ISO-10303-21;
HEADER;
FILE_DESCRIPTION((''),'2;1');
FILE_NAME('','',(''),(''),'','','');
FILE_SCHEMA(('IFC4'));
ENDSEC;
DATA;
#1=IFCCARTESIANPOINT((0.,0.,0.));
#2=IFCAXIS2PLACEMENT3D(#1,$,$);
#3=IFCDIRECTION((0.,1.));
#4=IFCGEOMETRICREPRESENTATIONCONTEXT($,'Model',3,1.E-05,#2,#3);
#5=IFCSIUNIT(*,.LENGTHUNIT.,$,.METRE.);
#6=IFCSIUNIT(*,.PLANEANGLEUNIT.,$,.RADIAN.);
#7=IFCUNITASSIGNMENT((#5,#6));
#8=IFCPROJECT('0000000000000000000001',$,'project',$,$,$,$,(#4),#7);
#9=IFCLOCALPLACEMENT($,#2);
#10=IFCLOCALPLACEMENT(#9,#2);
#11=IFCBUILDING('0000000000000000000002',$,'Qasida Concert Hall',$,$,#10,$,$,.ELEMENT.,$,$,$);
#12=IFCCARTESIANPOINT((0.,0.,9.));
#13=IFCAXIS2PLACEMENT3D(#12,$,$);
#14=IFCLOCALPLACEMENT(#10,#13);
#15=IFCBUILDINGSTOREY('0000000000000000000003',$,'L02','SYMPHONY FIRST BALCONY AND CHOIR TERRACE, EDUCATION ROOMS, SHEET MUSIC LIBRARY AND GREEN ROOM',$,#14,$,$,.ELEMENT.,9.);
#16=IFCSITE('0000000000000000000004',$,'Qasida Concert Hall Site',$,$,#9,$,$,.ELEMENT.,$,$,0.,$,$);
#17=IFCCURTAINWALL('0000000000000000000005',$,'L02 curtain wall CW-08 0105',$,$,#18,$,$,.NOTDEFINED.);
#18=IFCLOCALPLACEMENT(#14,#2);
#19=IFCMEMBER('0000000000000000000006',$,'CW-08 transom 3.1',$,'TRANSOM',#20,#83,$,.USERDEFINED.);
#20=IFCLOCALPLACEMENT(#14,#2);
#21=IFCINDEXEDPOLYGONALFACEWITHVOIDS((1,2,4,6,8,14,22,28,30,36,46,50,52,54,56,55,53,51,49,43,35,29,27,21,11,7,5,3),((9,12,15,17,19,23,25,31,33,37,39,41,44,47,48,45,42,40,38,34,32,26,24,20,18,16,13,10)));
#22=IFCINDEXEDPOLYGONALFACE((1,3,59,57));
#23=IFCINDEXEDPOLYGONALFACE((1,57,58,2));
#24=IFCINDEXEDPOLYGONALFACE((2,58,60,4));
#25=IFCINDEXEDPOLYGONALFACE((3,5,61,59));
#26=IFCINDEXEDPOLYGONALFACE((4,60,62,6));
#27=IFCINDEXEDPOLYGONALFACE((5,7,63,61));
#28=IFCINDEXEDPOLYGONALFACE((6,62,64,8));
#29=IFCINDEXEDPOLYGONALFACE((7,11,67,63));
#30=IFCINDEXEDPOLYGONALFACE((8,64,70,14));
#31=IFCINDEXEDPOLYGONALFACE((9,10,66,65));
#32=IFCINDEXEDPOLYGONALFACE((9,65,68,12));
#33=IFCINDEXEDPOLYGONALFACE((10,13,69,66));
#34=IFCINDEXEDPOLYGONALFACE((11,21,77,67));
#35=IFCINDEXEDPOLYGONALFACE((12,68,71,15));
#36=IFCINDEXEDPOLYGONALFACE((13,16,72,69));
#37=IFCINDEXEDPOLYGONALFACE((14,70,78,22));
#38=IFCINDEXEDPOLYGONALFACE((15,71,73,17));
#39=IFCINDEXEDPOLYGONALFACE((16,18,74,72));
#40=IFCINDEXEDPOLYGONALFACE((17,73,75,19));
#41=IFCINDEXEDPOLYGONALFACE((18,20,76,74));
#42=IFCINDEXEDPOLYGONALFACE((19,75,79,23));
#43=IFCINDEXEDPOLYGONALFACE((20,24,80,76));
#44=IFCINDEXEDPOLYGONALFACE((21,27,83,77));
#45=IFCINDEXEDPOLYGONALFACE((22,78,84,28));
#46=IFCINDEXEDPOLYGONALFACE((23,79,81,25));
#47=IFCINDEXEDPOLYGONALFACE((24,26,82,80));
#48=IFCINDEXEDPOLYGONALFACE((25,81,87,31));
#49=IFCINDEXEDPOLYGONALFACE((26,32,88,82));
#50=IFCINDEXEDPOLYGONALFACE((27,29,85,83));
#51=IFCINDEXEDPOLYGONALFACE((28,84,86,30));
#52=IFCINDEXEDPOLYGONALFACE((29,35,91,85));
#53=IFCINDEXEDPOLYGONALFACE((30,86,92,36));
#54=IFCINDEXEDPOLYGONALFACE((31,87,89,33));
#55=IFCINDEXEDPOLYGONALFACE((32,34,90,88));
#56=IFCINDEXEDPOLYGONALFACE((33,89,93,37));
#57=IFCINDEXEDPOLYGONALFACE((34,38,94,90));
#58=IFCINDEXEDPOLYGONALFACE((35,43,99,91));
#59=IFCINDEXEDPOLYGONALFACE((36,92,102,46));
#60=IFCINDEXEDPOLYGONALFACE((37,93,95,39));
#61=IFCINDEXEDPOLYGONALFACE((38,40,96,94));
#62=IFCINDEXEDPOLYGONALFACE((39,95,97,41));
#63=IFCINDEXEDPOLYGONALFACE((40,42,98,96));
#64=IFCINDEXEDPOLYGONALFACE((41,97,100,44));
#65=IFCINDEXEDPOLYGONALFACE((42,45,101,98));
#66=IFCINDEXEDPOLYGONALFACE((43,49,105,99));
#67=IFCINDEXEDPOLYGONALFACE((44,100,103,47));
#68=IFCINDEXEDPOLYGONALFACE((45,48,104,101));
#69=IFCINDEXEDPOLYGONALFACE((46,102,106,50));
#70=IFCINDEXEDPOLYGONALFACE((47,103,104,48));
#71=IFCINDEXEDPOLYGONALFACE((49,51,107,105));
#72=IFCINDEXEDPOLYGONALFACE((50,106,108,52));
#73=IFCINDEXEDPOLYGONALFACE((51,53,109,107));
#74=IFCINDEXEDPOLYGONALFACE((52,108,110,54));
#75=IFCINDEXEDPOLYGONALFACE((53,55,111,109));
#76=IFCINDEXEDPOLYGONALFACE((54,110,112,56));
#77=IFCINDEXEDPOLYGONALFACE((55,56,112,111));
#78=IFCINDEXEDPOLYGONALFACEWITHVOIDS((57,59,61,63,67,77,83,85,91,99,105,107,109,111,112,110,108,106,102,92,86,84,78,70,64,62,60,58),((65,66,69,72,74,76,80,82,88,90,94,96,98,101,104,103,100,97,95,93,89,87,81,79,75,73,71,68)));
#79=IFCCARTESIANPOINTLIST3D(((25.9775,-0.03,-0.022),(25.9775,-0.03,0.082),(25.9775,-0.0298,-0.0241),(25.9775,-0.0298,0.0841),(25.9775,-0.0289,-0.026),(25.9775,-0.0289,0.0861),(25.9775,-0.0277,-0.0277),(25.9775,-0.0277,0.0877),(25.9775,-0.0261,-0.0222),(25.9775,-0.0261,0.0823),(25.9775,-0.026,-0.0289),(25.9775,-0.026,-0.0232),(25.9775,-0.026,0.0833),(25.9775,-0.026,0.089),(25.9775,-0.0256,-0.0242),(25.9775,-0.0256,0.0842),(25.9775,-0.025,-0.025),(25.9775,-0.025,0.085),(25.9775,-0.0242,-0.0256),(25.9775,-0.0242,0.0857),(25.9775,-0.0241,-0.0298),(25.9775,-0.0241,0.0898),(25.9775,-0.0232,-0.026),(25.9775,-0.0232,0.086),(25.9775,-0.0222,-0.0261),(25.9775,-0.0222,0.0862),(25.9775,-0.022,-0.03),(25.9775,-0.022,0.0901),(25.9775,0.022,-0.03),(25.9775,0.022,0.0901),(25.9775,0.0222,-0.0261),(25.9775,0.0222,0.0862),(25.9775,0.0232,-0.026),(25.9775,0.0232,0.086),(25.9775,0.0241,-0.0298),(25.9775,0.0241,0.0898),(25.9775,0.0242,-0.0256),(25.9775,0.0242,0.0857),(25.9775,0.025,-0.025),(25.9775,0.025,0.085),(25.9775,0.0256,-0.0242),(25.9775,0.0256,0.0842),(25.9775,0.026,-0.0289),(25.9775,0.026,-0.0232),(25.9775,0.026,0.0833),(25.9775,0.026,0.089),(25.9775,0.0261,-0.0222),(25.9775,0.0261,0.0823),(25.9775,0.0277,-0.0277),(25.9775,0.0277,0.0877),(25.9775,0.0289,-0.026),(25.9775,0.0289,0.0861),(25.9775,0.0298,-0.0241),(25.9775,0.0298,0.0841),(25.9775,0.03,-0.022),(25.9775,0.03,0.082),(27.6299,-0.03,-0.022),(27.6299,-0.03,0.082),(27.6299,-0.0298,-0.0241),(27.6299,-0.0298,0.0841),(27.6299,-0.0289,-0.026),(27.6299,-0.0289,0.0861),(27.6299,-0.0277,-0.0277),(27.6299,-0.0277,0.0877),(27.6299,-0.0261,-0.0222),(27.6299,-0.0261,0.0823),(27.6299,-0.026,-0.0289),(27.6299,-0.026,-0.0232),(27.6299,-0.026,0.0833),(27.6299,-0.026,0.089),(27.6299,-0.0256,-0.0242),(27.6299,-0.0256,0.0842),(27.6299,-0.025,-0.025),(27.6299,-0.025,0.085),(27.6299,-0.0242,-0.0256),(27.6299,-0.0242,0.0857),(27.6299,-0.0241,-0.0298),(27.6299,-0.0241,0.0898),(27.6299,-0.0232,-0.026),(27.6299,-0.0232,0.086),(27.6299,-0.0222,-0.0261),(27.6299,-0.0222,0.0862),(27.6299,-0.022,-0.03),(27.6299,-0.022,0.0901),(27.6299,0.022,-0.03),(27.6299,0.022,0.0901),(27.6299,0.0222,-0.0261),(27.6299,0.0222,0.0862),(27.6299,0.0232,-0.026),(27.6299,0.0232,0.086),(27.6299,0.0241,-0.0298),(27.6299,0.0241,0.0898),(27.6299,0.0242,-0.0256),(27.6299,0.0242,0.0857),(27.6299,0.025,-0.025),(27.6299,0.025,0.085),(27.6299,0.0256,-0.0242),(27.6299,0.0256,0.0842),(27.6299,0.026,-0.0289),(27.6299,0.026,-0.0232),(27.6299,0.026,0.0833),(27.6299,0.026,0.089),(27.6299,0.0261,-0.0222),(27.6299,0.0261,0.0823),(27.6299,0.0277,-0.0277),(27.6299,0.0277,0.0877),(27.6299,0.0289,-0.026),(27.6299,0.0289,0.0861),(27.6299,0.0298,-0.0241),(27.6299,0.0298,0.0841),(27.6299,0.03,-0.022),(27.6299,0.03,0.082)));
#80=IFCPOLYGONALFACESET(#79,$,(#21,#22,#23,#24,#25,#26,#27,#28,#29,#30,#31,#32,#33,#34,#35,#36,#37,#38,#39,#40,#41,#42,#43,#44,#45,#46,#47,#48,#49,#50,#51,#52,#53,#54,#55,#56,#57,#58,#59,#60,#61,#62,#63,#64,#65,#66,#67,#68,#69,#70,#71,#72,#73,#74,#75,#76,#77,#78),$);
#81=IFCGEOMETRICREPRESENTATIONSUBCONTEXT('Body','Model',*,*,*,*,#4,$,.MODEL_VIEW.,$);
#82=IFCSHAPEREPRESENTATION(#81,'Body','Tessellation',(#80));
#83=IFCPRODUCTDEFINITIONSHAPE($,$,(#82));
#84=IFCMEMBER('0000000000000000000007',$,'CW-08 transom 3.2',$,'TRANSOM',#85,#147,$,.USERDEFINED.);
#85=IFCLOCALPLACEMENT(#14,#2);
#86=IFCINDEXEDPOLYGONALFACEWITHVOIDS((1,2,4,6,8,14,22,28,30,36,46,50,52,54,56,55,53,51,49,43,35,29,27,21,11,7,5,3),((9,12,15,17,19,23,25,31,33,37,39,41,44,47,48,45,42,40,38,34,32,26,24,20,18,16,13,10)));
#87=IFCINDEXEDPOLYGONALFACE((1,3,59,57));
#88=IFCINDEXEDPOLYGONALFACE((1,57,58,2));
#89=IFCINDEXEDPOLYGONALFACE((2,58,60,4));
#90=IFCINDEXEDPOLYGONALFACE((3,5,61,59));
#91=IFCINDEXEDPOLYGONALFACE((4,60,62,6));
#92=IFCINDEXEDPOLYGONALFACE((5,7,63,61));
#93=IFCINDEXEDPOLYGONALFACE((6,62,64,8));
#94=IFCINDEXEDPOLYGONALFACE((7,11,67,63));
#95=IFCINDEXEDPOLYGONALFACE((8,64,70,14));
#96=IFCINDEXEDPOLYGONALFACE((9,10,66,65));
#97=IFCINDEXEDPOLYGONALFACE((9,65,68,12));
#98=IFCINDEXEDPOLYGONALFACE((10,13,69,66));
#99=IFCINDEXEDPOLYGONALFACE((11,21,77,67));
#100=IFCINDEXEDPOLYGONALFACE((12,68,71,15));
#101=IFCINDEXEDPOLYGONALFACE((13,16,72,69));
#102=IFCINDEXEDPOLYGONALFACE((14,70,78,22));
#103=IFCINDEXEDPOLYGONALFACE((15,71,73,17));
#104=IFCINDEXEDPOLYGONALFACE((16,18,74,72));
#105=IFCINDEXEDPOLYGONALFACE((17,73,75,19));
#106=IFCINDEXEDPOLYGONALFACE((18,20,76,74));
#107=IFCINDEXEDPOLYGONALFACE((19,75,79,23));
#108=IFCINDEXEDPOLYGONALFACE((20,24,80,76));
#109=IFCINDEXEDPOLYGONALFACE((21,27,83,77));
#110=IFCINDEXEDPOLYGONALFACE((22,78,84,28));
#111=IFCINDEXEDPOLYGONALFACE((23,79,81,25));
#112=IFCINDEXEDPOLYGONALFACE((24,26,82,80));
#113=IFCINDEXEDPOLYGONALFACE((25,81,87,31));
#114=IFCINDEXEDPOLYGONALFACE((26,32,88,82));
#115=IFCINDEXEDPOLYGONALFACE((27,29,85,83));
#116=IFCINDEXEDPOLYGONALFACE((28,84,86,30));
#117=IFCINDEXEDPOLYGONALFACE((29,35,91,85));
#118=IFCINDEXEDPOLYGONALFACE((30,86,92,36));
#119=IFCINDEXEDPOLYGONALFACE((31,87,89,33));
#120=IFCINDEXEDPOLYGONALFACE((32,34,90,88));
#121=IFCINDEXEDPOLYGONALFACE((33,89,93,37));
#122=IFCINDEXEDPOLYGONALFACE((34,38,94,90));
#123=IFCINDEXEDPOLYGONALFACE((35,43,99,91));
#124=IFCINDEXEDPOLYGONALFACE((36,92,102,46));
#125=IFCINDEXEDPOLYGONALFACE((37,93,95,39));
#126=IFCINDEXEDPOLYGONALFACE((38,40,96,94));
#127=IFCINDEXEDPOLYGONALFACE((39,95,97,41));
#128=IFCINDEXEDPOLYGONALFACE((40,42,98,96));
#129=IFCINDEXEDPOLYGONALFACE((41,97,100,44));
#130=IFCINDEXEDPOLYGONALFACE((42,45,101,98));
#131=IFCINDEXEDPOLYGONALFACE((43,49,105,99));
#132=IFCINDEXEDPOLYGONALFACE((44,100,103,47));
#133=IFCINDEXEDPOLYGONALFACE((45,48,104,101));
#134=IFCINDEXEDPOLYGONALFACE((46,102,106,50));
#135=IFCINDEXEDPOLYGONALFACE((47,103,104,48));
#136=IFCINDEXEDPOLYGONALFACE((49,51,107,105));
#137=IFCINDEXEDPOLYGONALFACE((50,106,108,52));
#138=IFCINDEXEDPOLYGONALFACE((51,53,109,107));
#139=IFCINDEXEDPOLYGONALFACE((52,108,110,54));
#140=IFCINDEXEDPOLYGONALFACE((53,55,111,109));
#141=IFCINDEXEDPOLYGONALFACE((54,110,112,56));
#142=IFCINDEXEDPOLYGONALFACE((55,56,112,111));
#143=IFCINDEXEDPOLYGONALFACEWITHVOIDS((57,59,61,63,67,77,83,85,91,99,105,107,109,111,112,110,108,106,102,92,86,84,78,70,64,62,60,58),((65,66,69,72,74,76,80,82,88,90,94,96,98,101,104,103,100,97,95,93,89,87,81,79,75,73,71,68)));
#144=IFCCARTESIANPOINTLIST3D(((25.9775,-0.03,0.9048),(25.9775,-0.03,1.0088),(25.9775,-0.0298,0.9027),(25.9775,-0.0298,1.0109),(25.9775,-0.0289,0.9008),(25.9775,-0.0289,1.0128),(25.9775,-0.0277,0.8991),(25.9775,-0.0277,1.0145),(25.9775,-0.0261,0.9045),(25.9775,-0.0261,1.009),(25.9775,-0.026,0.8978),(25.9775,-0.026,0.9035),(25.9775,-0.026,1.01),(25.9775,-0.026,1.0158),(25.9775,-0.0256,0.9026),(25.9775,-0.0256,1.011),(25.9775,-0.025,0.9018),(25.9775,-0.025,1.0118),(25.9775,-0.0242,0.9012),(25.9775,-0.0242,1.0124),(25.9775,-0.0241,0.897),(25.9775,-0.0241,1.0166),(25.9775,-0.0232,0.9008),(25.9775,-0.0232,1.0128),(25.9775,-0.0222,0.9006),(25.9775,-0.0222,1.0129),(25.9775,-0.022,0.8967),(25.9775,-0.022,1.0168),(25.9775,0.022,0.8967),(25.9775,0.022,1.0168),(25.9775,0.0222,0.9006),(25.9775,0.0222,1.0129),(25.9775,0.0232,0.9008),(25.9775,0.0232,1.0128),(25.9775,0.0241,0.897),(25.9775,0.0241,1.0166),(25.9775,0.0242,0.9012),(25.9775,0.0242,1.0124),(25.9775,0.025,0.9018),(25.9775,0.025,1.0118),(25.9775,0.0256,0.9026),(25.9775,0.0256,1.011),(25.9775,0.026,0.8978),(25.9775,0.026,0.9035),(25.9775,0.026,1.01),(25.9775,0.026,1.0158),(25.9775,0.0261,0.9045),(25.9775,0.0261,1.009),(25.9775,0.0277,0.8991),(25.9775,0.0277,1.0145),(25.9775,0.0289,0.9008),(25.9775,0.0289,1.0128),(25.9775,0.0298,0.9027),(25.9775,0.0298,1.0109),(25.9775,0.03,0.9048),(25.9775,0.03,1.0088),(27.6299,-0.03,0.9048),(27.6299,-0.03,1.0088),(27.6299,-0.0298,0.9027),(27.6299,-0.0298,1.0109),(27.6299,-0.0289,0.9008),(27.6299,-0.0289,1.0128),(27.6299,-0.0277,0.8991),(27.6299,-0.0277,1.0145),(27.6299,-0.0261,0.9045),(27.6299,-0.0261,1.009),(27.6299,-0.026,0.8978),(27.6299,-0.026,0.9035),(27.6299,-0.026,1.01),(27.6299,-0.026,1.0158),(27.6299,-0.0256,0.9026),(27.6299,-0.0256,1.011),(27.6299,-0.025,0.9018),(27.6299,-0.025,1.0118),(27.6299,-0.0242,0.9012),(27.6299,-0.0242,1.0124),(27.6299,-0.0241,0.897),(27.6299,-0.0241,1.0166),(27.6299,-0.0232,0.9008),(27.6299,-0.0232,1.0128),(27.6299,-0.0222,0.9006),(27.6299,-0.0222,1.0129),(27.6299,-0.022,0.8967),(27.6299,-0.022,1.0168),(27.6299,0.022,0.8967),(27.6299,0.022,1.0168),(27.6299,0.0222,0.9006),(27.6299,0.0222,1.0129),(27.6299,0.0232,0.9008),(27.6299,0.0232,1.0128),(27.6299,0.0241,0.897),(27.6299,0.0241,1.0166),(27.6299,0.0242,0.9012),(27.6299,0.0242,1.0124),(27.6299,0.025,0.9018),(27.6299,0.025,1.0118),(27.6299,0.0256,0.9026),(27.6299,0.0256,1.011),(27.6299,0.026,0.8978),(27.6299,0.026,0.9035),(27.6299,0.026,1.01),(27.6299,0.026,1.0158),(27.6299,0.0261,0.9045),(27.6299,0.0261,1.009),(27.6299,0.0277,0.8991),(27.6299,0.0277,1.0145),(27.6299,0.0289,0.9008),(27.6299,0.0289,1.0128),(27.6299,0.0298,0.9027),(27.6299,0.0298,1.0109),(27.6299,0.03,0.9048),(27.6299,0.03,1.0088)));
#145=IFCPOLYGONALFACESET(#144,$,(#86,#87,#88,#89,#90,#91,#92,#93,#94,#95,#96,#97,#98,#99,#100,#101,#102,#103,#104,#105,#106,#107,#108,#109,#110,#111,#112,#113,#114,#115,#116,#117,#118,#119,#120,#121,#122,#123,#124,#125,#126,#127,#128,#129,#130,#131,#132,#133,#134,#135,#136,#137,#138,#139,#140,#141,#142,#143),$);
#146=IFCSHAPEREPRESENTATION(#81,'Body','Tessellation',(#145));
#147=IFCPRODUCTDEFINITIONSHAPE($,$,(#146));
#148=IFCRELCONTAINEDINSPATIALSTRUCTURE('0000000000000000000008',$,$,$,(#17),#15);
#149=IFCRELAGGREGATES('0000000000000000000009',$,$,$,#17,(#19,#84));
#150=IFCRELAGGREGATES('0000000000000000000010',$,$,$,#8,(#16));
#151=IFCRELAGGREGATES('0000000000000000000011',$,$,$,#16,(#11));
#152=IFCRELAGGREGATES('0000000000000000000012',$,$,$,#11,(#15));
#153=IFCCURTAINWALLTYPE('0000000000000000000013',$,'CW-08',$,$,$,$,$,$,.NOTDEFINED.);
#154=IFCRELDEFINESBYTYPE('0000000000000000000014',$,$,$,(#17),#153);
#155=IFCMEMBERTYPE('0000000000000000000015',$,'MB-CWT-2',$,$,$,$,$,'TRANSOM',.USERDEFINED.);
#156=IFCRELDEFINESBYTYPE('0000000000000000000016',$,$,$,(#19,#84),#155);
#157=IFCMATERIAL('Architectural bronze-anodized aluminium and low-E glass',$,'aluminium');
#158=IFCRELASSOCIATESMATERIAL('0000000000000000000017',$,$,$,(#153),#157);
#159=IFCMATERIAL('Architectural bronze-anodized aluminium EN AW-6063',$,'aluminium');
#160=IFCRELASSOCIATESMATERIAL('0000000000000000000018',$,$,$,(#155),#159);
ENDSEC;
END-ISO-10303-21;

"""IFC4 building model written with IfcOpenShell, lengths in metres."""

from ifc_helpers import new_model, si_unit, direction, frame, origin, origin_2d, place, context, subcontext, project, spatial, hollow_rectangle, extrude, material, material_profile, profile_set, type_object, element, aggregate, save


model = new_model("IFC4")

# Units and contexts
model_context = context("Model", 3, precision=1e-05, world=origin(), true_north=direction((0.0, 1.0)))
body_context = subcontext(model_context, "Body", "Model", "MODEL_VIEW")
ifc_project = project(units=[si_unit("LENGTHUNIT", "METRE"), si_unit("PLANEANGLEUNIT", "RADIAN")], contexts=[model_context])

# Site, building, storey
site_placement = place(None, origin())
site = spatial("IfcSite", under=ifc_project, at=site_placement, Name="Qasida Concert Hall Site", CompositionType="ELEMENT", RefElevation=0.0)
building_placement = place(site_placement, origin())
building = spatial("IfcBuilding", under=site, at=building_placement, Name="Qasida Concert Hall", CompositionType="ELEMENT")
storey_placement = place(building_placement, frame((0.0, 0.0, 9.0)))
storey = spatial("IfcBuildingStorey", under=building, at=storey_placement, Name="L02", Description="SYMPHONY FIRST BALCONY AND CHOIR TERRACE, EDUCATION ROOMS, SHEET MUSIC LIBRARY AND GREEN ROOM", CompositionType="ELEMENT", Elevation=9.0)

# Curtain wall, members
ifc_material_1 = material(Name="Architectural bronze-anodized aluminium and low-E glass", Category="aluminium")
curtain_wall_type = type_object("IfcCurtainWallType", Name="CW-08", PredefinedType="NOTDEFINED", material=ifc_material_1)
curtain_wall_placement = place(storey_placement, origin())
curtain_wall = element("IfcCurtainWall", 1, at=curtain_wall_placement, inside=storey, type_object=curtain_wall_type, Name="L02 curtain wall CW-08 0105", PredefinedType="NOTDEFINED")
ifc_material_2 = material(Name="Architectural bronze-anodized aluminium EN AW-6063", Category="aluminium")
ifc_material_profile_1 = material_profile(ifc_material_2, hollow_rectangle(XDim=0.0601, YDim=0.1201, WallThickness=0.0039, InnerFilletRadius=0.0039, OuterFilletRadius=0.0081, at=origin_2d()), Name="CWT 120x60x4")
ifc_profile_set_1 = profile_set([ifc_material_profile_1], Name="Architectural bronze-anodized aluminium EN AW-6063")
member_type_1 = type_object("IfcMemberType", Name="MB-CWT-2", ElementType="TRANSOM", PredefinedType="USERDEFINED", material=ifc_profile_set_1)
member_1_placement = place(storey_placement, frame((25.9775, 0.0, 0.03), z_axis=(1.0, 0.0, 0.0), x_axis=(0.0, 1.0, 0.0)))
member_1 = element("IfcMember", 2, at=member_1_placement, type_object=member_type_1, Name="CW-08 transom 3.1", ObjectType="TRANSOM", PredefinedType="USERDEFINED", context=body_context, shape_type="SweptSolid", body=[
    extrude(hollow_rectangle(XDim=0.0601, YDim=0.1201, WallThickness=0.0039, InnerFilletRadius=0.0039, OuterFilletRadius=0.0081, at=origin_2d()), origin(), (0.0, 0.0, 1.0), 1.6523),
])
member_2_placement = place(storey_placement, frame((25.9775, 0.0, 0.9568), z_axis=(1.0, 0.0, 0.0), x_axis=(0.0, 1.0, 0.0)))
member_2 = element("IfcMember", 3, at=member_2_placement, type_object=member_type_1, Name="CW-08 transom 3.2", ObjectType="TRANSOM", PredefinedType="USERDEFINED", context=body_context, shape_type="SweptSolid", body=[
    extrude(hollow_rectangle(XDim=0.0601, YDim=0.1201, WallThickness=0.0039, InnerFilletRadius=0.0039, OuterFilletRadius=0.0081, at=origin_2d()), origin(), (0.0, 0.0, 1.0), 1.6523),
])
aggregate(curtain_wall, [member_1, member_2])

save(model, "model.ifc")
